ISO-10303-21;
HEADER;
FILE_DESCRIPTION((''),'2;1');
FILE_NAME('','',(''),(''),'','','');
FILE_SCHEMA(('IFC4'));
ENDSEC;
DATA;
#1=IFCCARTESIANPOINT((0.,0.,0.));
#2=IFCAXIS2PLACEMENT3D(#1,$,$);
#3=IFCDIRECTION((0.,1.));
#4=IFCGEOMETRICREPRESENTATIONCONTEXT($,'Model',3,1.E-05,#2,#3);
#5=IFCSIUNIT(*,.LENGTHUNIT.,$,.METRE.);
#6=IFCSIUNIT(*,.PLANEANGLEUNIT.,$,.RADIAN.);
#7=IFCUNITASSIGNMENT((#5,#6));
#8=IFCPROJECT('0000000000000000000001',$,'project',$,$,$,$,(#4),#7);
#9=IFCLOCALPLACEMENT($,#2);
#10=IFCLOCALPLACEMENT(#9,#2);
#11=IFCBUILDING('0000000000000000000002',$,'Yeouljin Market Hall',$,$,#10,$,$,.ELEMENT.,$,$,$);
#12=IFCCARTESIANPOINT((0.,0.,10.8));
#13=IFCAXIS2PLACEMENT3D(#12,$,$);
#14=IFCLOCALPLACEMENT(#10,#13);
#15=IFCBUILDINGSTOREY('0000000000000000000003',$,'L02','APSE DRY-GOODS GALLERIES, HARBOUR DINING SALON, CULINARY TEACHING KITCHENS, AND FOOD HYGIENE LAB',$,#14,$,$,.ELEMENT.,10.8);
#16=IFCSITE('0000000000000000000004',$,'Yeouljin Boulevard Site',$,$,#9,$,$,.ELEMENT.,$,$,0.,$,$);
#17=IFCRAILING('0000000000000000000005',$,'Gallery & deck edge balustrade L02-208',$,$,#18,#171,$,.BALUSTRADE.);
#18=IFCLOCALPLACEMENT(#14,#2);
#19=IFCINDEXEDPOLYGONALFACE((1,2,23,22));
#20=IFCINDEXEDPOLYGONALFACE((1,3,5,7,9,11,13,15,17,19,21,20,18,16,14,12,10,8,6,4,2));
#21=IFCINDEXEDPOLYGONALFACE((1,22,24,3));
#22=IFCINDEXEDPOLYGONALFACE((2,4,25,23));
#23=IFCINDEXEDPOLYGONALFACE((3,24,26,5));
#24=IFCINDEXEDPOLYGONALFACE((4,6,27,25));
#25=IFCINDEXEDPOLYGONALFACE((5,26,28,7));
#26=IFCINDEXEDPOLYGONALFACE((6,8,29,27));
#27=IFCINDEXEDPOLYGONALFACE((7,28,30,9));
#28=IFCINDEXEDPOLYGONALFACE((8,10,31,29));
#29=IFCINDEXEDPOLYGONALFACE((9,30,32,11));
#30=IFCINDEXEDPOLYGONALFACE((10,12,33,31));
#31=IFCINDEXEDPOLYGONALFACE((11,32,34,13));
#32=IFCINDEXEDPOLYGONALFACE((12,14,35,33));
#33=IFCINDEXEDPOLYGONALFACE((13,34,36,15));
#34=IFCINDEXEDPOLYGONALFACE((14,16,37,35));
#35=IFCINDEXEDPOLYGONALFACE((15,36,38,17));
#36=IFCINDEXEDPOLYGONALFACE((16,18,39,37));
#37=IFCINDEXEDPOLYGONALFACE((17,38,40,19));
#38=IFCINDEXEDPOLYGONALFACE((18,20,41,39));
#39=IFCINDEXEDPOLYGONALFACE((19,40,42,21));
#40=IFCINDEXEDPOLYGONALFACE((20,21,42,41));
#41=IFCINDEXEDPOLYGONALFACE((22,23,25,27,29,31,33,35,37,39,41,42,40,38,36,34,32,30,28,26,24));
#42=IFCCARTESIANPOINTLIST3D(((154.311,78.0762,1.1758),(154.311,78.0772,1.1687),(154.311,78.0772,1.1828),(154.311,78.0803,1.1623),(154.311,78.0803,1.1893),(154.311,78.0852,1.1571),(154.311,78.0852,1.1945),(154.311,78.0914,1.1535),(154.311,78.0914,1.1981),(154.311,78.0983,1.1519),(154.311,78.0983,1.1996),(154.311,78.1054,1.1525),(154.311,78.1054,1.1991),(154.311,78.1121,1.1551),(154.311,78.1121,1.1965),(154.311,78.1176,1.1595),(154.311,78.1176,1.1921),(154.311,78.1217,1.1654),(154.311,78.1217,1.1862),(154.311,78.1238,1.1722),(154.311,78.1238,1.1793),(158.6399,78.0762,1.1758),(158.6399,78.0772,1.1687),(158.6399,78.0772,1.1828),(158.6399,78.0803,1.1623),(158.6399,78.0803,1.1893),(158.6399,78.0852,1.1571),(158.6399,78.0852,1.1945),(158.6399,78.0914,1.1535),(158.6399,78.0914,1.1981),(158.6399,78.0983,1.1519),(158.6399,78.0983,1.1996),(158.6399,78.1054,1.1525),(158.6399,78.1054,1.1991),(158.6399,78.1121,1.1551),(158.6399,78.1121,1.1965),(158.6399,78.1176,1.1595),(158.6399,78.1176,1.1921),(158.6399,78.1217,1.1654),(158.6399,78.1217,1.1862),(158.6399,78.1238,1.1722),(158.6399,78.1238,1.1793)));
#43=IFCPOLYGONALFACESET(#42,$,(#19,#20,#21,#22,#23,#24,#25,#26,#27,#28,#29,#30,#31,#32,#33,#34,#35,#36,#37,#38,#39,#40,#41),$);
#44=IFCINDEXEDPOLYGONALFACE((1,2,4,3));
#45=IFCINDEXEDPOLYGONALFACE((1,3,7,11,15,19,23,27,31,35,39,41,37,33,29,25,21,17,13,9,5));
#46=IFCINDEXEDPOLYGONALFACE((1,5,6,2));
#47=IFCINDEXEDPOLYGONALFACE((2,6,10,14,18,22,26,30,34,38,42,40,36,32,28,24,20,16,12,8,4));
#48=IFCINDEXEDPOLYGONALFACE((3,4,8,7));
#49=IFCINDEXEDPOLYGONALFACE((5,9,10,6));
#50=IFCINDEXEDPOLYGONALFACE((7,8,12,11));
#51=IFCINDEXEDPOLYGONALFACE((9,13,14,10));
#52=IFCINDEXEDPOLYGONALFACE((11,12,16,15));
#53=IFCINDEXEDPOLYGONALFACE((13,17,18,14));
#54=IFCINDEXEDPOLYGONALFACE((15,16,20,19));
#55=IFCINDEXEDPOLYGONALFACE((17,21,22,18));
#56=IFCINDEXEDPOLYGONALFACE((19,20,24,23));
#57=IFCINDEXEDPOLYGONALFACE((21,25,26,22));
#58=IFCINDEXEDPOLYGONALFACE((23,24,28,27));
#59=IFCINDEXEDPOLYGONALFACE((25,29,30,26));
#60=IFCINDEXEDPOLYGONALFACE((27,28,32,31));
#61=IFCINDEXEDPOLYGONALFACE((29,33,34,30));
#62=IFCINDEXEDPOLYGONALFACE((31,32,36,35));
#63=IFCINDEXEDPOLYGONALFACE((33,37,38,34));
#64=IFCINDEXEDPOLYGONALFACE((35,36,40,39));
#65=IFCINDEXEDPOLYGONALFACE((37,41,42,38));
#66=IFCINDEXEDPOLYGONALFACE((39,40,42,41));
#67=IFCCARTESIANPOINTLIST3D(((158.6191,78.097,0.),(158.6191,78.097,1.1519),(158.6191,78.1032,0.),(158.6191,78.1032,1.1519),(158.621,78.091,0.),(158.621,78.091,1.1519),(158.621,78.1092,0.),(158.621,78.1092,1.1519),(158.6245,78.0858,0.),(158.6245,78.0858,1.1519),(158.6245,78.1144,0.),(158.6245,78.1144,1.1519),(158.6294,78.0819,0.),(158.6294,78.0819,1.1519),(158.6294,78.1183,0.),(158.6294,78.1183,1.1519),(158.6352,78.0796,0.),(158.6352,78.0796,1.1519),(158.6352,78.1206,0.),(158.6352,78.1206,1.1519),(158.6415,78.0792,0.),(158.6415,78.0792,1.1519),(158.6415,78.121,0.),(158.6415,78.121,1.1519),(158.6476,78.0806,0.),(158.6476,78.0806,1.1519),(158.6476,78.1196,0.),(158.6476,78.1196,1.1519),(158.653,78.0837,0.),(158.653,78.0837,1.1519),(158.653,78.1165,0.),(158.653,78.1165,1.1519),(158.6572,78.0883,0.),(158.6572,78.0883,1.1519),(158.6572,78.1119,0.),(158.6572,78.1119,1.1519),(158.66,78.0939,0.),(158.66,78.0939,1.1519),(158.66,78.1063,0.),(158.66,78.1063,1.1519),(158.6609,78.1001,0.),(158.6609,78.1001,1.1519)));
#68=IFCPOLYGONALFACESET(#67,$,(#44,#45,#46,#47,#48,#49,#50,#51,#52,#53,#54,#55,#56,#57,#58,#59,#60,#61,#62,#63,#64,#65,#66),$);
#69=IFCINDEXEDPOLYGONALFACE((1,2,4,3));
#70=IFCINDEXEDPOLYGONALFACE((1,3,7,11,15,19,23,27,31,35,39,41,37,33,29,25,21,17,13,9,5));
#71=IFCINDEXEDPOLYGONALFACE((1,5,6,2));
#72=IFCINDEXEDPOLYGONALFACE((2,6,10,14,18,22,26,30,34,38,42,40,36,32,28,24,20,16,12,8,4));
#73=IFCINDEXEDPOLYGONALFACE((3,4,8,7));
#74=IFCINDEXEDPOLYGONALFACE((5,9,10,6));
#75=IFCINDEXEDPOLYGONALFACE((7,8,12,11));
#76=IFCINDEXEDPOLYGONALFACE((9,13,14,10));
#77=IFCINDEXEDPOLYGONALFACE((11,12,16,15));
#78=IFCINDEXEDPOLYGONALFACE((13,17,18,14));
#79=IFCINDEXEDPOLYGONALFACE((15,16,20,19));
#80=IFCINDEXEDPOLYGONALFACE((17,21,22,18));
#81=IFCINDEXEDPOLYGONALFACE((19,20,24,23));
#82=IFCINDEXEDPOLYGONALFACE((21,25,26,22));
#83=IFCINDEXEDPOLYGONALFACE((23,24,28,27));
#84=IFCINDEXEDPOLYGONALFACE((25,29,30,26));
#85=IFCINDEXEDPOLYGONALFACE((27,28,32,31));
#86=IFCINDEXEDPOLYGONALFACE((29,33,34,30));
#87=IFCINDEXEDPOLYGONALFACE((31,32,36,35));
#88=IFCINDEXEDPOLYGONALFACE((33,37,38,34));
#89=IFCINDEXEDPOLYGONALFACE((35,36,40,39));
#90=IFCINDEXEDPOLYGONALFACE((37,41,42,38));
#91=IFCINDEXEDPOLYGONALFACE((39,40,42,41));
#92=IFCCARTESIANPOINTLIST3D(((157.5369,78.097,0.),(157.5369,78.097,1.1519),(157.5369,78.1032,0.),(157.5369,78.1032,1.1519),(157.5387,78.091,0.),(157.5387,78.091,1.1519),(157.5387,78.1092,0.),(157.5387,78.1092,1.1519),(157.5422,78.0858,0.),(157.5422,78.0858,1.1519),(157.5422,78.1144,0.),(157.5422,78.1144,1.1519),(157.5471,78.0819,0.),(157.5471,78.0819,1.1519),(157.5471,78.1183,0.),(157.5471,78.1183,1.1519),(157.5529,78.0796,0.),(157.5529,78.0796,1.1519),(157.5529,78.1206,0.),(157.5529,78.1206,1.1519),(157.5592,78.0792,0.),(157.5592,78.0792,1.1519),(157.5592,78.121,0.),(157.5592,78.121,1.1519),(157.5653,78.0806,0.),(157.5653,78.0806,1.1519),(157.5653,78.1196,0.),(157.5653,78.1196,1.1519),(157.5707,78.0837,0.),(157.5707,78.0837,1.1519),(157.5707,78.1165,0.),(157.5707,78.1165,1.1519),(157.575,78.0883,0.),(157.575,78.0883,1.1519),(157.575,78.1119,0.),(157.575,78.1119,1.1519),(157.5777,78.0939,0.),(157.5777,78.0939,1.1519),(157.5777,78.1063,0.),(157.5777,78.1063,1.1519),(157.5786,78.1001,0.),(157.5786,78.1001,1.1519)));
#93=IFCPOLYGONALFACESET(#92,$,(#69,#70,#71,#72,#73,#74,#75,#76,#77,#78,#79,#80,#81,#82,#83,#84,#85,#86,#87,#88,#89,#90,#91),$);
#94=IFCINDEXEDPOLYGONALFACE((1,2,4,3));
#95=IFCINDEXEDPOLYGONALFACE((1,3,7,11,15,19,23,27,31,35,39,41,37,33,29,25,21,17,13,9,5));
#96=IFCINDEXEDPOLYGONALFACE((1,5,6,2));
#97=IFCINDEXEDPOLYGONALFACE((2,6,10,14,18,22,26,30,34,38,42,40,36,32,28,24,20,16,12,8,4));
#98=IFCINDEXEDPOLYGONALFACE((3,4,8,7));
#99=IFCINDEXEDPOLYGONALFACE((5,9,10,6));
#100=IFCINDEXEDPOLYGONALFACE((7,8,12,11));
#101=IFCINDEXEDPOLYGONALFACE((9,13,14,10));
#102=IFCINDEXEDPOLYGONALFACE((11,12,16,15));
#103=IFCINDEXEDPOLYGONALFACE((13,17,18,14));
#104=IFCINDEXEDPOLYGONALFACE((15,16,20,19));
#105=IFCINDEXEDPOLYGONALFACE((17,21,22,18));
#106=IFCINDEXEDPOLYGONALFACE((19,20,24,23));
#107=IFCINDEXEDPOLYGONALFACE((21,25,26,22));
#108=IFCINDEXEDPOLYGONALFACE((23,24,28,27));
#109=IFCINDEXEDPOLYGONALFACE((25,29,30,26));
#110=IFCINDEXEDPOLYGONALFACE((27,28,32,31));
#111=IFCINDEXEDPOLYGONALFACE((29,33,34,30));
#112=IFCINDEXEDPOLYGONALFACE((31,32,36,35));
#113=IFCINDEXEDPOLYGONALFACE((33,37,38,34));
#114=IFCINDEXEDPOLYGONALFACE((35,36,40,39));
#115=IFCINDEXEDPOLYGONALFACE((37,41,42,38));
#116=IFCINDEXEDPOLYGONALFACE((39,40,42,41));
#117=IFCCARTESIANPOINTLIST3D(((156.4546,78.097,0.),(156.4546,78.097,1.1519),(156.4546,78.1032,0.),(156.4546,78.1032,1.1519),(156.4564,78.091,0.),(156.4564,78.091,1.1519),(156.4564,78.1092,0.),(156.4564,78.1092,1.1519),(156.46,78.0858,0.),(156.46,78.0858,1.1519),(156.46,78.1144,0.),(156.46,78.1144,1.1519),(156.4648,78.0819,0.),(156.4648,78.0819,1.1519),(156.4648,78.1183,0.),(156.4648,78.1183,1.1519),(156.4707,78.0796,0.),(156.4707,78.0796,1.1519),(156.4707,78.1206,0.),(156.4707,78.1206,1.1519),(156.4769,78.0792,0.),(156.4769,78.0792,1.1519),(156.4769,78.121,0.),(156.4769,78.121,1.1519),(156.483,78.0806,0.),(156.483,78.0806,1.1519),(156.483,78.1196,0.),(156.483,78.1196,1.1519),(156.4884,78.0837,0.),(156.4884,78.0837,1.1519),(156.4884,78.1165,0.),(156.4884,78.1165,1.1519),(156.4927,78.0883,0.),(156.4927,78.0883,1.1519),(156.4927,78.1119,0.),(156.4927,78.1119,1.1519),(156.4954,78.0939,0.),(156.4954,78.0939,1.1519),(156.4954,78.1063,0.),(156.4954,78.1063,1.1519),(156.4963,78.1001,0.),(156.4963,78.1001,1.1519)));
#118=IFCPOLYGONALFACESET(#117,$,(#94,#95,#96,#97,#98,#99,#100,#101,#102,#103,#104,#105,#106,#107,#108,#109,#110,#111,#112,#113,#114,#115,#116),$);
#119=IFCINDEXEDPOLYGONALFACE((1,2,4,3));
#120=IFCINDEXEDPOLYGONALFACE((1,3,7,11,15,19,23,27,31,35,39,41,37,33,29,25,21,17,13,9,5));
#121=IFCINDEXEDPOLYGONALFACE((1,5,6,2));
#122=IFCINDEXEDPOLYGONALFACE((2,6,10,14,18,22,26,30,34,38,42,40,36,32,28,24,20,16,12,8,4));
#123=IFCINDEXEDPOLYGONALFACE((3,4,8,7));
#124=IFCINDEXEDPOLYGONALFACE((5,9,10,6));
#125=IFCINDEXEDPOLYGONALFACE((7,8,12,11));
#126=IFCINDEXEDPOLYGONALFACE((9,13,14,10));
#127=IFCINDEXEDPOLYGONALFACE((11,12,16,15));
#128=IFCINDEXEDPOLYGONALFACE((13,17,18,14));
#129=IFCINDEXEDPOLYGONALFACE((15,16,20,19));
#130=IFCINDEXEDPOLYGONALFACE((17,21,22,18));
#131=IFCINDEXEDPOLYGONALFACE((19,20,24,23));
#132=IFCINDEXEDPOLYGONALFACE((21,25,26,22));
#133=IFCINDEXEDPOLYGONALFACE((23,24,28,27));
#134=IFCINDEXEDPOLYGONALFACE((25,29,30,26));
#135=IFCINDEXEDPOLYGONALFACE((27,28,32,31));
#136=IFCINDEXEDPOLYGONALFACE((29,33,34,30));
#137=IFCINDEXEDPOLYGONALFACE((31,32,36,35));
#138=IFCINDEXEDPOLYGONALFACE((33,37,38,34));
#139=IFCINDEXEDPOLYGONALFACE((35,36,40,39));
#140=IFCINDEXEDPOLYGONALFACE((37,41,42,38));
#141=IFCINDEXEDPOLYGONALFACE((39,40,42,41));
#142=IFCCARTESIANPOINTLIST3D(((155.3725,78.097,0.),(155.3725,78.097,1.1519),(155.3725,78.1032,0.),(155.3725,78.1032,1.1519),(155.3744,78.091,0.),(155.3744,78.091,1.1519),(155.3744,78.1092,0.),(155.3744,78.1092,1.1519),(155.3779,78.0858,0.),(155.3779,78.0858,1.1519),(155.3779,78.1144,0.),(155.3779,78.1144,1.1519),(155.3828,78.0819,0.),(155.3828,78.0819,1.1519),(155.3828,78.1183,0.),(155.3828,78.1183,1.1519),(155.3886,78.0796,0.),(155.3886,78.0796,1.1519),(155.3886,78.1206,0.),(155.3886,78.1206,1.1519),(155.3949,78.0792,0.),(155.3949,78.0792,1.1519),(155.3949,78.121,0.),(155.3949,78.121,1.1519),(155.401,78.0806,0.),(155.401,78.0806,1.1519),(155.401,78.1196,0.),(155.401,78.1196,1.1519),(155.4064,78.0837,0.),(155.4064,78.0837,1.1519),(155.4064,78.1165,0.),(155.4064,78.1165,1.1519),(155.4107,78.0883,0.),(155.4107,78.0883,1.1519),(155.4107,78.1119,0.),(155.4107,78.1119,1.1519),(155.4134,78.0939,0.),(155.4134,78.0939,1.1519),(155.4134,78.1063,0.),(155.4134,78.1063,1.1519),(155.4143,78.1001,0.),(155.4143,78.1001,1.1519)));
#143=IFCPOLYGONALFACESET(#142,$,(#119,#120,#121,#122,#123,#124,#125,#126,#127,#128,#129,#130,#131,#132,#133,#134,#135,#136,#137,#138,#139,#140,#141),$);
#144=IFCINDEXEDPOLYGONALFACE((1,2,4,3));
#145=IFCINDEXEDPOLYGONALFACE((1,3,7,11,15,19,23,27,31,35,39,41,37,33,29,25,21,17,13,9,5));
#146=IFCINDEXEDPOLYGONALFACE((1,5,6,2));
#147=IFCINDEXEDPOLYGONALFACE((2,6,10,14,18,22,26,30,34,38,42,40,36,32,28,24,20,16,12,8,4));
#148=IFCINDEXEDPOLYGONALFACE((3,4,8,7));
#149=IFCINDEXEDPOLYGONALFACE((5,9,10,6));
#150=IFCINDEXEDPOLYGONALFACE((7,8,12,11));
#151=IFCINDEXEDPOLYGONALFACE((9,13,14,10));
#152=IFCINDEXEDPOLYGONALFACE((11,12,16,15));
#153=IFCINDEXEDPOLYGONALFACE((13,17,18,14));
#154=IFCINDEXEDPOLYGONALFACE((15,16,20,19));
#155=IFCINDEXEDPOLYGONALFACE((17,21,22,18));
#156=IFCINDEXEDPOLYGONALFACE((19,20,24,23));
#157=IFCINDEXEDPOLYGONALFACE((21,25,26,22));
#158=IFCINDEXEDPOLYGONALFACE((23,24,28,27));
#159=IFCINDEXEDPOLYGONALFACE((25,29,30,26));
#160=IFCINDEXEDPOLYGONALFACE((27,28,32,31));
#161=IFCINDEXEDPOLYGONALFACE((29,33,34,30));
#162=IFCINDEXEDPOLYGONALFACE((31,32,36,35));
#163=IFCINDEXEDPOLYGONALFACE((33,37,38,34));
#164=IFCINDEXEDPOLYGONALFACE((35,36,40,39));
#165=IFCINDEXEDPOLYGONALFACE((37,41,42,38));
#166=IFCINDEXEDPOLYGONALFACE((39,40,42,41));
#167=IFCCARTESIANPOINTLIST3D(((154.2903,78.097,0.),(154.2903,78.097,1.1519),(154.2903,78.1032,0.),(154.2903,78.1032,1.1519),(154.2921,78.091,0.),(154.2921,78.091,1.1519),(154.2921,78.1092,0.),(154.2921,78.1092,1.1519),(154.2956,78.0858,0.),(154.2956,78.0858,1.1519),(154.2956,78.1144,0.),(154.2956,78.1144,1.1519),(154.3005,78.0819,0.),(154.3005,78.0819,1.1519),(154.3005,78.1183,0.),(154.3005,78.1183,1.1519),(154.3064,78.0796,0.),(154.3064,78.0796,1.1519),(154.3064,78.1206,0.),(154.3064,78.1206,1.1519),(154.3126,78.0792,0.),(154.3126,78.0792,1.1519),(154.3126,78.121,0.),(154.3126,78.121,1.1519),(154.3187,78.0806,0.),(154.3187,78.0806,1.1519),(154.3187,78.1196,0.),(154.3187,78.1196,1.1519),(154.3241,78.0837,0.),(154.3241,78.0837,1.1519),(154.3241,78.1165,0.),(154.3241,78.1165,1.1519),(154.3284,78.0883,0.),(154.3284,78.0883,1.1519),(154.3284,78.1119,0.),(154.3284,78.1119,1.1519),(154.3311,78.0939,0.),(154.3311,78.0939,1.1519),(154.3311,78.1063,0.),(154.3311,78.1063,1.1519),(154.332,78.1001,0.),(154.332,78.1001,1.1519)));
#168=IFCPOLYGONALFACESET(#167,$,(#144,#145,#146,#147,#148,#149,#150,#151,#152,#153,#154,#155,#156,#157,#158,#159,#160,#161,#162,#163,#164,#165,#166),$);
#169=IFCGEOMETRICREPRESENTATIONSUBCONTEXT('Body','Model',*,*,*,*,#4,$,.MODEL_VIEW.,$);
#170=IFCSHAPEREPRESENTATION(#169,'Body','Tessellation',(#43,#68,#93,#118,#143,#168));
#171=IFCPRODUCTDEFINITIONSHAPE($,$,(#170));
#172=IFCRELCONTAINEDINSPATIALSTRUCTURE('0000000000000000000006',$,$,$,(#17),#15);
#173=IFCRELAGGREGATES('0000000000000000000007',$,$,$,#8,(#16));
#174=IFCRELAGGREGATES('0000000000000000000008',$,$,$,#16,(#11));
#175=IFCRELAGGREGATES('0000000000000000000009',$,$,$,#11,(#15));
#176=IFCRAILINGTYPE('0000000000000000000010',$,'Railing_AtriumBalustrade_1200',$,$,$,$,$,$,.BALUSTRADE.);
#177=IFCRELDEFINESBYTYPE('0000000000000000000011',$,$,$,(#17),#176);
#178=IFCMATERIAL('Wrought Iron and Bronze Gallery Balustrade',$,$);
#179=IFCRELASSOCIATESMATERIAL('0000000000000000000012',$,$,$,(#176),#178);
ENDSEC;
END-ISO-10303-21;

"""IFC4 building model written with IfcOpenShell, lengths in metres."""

from ifc_helpers import new_model, si_unit, direction, frame, origin, origin_2d, place, context, subcontext, project, spatial, circle, extrude, material, type_object, element, save


model = new_model("IFC4")

# Units and contexts
model_context = context("Model", 3, precision=1e-05, world=origin(), true_north=direction((0.0, 1.0)))
body_context = subcontext(model_context, "Body", "Model", "MODEL_VIEW")
ifc_project = project(units=[si_unit("LENGTHUNIT", "METRE"), si_unit("PLANEANGLEUNIT", "RADIAN")], contexts=[model_context])

# Site, building, storey
site_placement = place(None, origin())
site = spatial("IfcSite", under=ifc_project, at=site_placement, Name="Yeouljin Boulevard Site", CompositionType="ELEMENT", RefElevation=0.0)
building_placement = place(site_placement, origin())
building = spatial("IfcBuilding", under=site, at=building_placement, Name="Yeouljin Market Hall", CompositionType="ELEMENT")
storey_placement = place(building_placement, frame((0.0, 0.0, 10.8)))
storey = spatial("IfcBuildingStorey", under=building, at=storey_placement, Name="L02", Description="APSE DRY-GOODS GALLERIES, HARBOUR DINING SALON, CULINARY TEACHING KITCHENS, AND FOOD HYGIENE LAB", CompositionType="ELEMENT", Elevation=10.8)

# Railing
ifc_material_1 = material(Name="Wrought Iron and Bronze Gallery Balustrade")
railing_type_1 = type_object("IfcRailingType", Name="Railing_AtriumBalustrade_1200", PredefinedType="BALUSTRADE", material=ifc_material_1)
railing_1_placement = place(storey_placement, frame((158.6399, 78.1001, 0.0)))
element("IfcRailing", 1, at=railing_1_placement, inside=storey, type_object=railing_type_1, Name="Gallery & deck edge balustrade L02-208", PredefinedType="BALUSTRADE", context=body_context, shape_type="SweptSolid", body=[
    extrude(circle(Radius=0.0239, at=origin_2d()), frame((0.0, 0.0, 1.1758), z_axis=(-1.0, 0.0, 0.0), x_axis=(0.0, -1.0, 0.0)), (0.0, 0.0, 1.0), 4.3289),
    extrude(circle(Radius=0.021, at=origin_2d()), origin(), (0.0, 0.0, 1.0), 1.1519),
    extrude(circle(Radius=0.021, at=origin_2d()), frame((-1.0823, 0.0, 0.0)), (0.0, 0.0, 1.0), 1.1519),
    extrude(circle(Radius=0.021, at=origin_2d()), frame((-2.1646, 0.0, 0.0)), (0.0, 0.0, 1.0), 1.1519),
    extrude(circle(Radius=0.021, at=origin_2d()), frame((-3.2466, 0.0, 0.0)), (0.0, 0.0, 1.0), 1.1519),
    extrude(circle(Radius=0.021, at=origin_2d()), frame((-4.3289, 0.0, 0.0)), (0.0, 0.0, 1.0), 1.1519),
])

save(model, "model.ifc")
